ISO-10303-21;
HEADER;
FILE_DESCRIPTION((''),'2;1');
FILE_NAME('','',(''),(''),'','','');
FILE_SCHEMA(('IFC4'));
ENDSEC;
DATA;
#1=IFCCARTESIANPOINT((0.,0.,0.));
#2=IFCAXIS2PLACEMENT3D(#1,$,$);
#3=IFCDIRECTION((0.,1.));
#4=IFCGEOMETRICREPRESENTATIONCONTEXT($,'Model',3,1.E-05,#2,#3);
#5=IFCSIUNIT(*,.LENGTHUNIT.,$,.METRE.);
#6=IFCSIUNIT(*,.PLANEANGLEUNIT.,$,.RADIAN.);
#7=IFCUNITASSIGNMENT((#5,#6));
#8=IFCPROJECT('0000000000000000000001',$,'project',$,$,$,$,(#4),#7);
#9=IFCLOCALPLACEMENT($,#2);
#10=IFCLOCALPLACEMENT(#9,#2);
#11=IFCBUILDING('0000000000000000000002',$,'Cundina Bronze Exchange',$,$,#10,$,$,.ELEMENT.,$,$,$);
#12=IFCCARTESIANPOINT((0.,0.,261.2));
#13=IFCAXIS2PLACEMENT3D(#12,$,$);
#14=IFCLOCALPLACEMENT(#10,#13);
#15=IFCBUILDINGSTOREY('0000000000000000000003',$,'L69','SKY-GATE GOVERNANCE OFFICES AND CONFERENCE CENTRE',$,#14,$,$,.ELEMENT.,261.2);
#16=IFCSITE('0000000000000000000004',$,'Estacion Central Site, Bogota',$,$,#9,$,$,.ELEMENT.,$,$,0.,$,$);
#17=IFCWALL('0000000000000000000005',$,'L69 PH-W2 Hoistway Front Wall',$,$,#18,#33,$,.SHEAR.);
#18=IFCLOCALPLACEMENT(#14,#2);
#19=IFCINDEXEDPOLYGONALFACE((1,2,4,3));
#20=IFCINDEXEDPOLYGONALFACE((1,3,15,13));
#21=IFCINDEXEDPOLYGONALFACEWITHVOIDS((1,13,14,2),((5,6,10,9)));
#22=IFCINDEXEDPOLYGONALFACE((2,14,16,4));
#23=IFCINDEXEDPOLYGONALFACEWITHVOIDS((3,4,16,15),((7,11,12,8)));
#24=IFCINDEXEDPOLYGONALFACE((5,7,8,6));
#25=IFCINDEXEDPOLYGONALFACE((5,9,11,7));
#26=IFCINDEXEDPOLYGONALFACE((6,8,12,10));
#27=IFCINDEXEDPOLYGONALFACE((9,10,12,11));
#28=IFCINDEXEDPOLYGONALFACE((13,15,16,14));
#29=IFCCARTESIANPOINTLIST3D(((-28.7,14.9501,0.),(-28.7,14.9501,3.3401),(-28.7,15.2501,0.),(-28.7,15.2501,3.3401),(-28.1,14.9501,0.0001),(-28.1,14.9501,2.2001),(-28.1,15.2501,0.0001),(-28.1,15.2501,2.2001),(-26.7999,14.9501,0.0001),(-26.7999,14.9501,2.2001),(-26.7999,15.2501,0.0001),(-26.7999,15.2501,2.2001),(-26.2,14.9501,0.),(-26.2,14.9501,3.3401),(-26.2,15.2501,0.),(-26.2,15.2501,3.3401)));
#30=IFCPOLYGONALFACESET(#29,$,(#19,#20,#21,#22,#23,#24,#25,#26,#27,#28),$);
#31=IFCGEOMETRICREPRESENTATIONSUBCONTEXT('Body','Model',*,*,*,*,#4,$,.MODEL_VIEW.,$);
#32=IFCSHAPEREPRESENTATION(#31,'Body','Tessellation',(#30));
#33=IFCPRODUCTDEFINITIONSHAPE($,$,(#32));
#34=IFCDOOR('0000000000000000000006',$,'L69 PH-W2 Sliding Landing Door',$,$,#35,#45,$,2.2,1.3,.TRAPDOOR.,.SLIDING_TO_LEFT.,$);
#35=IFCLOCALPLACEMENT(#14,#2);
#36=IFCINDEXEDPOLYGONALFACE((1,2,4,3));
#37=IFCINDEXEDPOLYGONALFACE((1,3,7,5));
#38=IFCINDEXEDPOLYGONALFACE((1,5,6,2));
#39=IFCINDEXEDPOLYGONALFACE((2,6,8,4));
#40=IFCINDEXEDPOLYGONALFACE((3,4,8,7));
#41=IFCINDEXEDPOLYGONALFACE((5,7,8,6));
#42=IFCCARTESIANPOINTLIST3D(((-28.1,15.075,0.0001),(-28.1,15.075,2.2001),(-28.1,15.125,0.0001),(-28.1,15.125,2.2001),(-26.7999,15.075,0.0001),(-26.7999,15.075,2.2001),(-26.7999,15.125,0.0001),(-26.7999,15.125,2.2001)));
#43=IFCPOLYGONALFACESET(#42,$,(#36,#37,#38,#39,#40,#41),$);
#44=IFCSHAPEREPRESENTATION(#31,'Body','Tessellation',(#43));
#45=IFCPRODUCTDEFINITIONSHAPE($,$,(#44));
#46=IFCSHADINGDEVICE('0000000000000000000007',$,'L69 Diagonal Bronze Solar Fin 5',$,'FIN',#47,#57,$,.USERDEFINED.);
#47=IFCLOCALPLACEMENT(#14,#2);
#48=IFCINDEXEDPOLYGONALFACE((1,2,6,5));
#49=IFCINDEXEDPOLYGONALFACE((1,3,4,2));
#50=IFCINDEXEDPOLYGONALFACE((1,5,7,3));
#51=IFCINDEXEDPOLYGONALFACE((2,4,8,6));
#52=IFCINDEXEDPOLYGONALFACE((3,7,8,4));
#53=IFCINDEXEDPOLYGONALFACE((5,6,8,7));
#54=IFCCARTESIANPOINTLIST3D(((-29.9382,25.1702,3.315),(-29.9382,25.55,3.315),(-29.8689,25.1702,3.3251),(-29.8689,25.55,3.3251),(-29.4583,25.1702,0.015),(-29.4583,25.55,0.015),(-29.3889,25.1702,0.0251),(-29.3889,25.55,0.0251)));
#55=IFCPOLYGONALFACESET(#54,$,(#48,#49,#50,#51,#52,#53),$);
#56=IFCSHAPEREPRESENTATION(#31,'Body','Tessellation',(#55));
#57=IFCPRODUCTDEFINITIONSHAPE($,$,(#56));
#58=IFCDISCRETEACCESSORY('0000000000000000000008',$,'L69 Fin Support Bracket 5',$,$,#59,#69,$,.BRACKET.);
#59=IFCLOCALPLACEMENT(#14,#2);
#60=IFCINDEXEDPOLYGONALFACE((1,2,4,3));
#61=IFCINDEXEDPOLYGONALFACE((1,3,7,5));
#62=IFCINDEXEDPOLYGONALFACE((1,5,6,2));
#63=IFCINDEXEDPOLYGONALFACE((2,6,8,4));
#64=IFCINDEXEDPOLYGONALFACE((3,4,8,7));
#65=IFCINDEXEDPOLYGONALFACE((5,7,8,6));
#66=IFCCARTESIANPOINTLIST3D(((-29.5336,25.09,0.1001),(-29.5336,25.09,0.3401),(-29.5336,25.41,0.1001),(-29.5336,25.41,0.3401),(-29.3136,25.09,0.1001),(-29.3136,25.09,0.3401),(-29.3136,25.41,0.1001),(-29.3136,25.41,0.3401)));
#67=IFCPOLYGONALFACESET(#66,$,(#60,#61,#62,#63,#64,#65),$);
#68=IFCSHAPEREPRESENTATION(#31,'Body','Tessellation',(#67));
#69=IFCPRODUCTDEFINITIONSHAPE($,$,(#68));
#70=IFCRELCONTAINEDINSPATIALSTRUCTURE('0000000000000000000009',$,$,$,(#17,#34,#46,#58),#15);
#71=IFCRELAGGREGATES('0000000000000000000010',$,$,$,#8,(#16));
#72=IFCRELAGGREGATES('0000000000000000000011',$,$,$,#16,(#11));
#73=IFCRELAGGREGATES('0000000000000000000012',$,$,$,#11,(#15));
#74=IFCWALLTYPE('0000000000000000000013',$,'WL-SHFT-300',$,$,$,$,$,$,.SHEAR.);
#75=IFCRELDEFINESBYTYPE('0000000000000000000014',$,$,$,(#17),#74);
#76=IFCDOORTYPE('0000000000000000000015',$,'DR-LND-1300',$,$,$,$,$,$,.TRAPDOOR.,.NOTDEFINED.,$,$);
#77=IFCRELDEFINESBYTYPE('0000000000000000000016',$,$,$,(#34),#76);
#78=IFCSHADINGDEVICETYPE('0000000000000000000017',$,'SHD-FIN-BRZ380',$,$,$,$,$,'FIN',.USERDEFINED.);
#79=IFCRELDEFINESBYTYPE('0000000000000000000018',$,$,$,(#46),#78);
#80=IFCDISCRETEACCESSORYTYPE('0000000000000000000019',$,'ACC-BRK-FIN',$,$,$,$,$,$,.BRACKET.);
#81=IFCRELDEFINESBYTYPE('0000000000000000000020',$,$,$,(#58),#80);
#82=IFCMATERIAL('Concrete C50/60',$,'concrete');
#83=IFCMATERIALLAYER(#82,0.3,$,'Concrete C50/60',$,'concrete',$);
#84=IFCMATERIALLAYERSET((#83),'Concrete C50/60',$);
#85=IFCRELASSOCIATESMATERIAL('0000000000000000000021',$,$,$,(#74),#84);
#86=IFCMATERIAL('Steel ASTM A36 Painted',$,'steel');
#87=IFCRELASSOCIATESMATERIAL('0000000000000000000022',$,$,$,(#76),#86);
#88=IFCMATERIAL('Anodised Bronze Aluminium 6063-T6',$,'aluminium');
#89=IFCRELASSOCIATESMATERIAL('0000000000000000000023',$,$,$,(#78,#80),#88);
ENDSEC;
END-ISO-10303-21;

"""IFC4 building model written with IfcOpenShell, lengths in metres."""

from ifc_helpers import new_model, si_unit, direction, frame, frame_2d, origin, origin_2d, place, context, subcontext, project, spatial, rectangle, extrude, material, layer, layer_set, material_profile, profile_set, type_object, element, fill, save


model = new_model("IFC4")

# Units and contexts
model_context = context("Model", 3, precision=1e-05, world=origin(), true_north=direction((0.0, 1.0)))
body_context = subcontext(model_context, "Body", "Model", "MODEL_VIEW")
ifc_project = project(units=[si_unit("LENGTHUNIT", "METRE"), si_unit("PLANEANGLEUNIT", "RADIAN")], contexts=[model_context])

# Site, building, storey
site_placement = place(None, origin())
site = spatial("IfcSite", under=ifc_project, at=site_placement, Name="Estacion Central Site, Bogota", CompositionType="ELEMENT", RefElevation=0.0)
building_placement = place(site_placement, origin())
building = spatial("IfcBuilding", under=site, at=building_placement, Name="Cundina Bronze Exchange", CompositionType="ELEMENT")
storey_placement = place(building_placement, frame((0.0, 0.0, 261.2)))
storey = spatial("IfcBuildingStorey", under=building, at=storey_placement, Name="L69", Description="SKY-GATE GOVERNANCE OFFICES AND CONFERENCE CENTRE", CompositionType="ELEMENT", Elevation=261.2)

# Shared definitions
ifc_material_1 = material(Name="Concrete C50/60", Category="concrete")

# Shared definitions
ifc_material_2 = material(Name="Anodised Bronze Aluminium 6063-T6", Category="aluminium")

# Wall, opening, door
ifc_layer_1 = layer(ifc_material_1, 0.3, Name="Concrete C50/60", Category="concrete")
ifc_layer_set_1 = layer_set([ifc_layer_1], Name="Concrete C50/60")
wall_type_1 = type_object("IfcWallType", Name="WL-SHFT-300", PredefinedType="SHEAR", material=ifc_layer_set_1)
ifc_material_3 = material(Name="Steel ASTM A36 Painted", Category="steel")
door_type_1 = type_object("IfcDoorType", Name="DR-LND-1300", OperationType="NOTDEFINED", PredefinedType="TRAPDOOR", material=ifc_material_3)
wall_1_placement = place(storey_placement, frame((-28.7, 15.1001, 0.0), z_axis=(0.0, 0.0, 1.0), x_axis=(1.0, 0.0, 0.0)))
wall_1 = element("IfcWall", 1, at=wall_1_placement, inside=storey, type_object=wall_type_1, Name="L69 PH-W2 Hoistway Front Wall", PredefinedType="SHEAR", context=body_context, shape_type="SweptSolid", body=[
    extrude(rectangle(XDim=2.5, YDim=0.3, at=frame_2d((1.25, 0.0))), origin(), (0.0, 0.0, 1.0), 3.3401),
])
opening_1_placement = place(wall_1_placement, frame((0.6001, 0.0, 0.0)))
opening_1 = element("IfcOpeningElement", 2, at=opening_1_placement, cuts=wall_1, PredefinedType="OPENING", context=body_context, shape_type="SweptSolid", body=[
    extrude(rectangle(XDim=1.3, YDim=2.2, at=frame_2d((0.6499, 1.1001))), frame((0.0, 0.1599, 0.0), z_axis=(0.0, -1.0, 0.0), x_axis=(1.0, 0.0, 0.0)), (0.0, 0.0, 1.0), 0.3201),
])
door_1_placement = place(opening_1_placement, origin())
door_1 = element("IfcDoor", 3, at=door_1_placement, inside=storey, type_object=door_type_1, Name="L69 PH-W2 Sliding Landing Door", OperationType="SLIDING_TO_LEFT", OverallHeight=2.2, OverallWidth=1.3, PredefinedType="TRAPDOOR", context=body_context, shape_type="SweptSolid", body=[
    extrude(rectangle(XDim=1.3, YDim=2.2, at=frame_2d((0.6499, 1.1001))), frame((0.0, 0.0249, 0.0), z_axis=(0.0, -1.0, 0.0), x_axis=(1.0, 0.0, 0.0)), (0.0, 0.0, 1.0), 0.05),
])
fill(opening_1, door_1)

# Shading device
ifc_material_profile_1 = material_profile(ifc_material_2, rectangle(XDim=0.0701, YDim=0.3799, at=origin_2d()), Name="FIN70X380", Category="aluminium")
ifc_profile_set_1 = profile_set([ifc_material_profile_1], Name="Anodised Bronze Aluminium 6063-T6")
shading_device_type = type_object("IfcShadingDeviceType", Name="SHD-FIN-BRZ380", ElementType="FIN", PredefinedType="USERDEFINED", material=ifc_profile_set_1)
shading_device_placement = place(storey_placement, frame((-29.4236, 25.3601, 0.02), z_axis=(-0.143932, 0.0, 0.989588), x_axis=(0.989588, 0.0, 0.143932)))
element("IfcShadingDevice", 4, at=shading_device_placement, inside=storey, type_object=shading_device_type, Name="L69 Diagonal Bronze Solar Fin 5", ObjectType="FIN", PredefinedType="USERDEFINED", context=body_context, shape_type="SweptSolid", body=[
    extrude(rectangle(XDim=0.0701, YDim=0.3799, at=origin_2d()), origin(), (0.0, 0.0, 1.0), 3.3347),
])

# Discrete accessory
discrete_accessory_type = type_object("IfcDiscreteAccessoryType", Name="ACC-BRK-FIN", PredefinedType="BRACKET", material=ifc_material_2)
discrete_accessory_placement = place(storey_placement, frame((-29.4236, 25.25, 0.1001), z_axis=(0.0, 0.0, 1.0), x_axis=(-1.0, 0.0, 0.0)))
element("IfcDiscreteAccessory", 5, at=discrete_accessory_placement, inside=storey, type_object=discrete_accessory_type, Name="L69 Fin Support Bracket 5", PredefinedType="BRACKET", context=body_context, shape_type="SweptSolid", body=[
    extrude(rectangle(XDim=0.22, YDim=0.3201, at=origin_2d()), origin(), (0.0, 0.0, 1.0), 0.24),
])

save(model, "model.ifc")
